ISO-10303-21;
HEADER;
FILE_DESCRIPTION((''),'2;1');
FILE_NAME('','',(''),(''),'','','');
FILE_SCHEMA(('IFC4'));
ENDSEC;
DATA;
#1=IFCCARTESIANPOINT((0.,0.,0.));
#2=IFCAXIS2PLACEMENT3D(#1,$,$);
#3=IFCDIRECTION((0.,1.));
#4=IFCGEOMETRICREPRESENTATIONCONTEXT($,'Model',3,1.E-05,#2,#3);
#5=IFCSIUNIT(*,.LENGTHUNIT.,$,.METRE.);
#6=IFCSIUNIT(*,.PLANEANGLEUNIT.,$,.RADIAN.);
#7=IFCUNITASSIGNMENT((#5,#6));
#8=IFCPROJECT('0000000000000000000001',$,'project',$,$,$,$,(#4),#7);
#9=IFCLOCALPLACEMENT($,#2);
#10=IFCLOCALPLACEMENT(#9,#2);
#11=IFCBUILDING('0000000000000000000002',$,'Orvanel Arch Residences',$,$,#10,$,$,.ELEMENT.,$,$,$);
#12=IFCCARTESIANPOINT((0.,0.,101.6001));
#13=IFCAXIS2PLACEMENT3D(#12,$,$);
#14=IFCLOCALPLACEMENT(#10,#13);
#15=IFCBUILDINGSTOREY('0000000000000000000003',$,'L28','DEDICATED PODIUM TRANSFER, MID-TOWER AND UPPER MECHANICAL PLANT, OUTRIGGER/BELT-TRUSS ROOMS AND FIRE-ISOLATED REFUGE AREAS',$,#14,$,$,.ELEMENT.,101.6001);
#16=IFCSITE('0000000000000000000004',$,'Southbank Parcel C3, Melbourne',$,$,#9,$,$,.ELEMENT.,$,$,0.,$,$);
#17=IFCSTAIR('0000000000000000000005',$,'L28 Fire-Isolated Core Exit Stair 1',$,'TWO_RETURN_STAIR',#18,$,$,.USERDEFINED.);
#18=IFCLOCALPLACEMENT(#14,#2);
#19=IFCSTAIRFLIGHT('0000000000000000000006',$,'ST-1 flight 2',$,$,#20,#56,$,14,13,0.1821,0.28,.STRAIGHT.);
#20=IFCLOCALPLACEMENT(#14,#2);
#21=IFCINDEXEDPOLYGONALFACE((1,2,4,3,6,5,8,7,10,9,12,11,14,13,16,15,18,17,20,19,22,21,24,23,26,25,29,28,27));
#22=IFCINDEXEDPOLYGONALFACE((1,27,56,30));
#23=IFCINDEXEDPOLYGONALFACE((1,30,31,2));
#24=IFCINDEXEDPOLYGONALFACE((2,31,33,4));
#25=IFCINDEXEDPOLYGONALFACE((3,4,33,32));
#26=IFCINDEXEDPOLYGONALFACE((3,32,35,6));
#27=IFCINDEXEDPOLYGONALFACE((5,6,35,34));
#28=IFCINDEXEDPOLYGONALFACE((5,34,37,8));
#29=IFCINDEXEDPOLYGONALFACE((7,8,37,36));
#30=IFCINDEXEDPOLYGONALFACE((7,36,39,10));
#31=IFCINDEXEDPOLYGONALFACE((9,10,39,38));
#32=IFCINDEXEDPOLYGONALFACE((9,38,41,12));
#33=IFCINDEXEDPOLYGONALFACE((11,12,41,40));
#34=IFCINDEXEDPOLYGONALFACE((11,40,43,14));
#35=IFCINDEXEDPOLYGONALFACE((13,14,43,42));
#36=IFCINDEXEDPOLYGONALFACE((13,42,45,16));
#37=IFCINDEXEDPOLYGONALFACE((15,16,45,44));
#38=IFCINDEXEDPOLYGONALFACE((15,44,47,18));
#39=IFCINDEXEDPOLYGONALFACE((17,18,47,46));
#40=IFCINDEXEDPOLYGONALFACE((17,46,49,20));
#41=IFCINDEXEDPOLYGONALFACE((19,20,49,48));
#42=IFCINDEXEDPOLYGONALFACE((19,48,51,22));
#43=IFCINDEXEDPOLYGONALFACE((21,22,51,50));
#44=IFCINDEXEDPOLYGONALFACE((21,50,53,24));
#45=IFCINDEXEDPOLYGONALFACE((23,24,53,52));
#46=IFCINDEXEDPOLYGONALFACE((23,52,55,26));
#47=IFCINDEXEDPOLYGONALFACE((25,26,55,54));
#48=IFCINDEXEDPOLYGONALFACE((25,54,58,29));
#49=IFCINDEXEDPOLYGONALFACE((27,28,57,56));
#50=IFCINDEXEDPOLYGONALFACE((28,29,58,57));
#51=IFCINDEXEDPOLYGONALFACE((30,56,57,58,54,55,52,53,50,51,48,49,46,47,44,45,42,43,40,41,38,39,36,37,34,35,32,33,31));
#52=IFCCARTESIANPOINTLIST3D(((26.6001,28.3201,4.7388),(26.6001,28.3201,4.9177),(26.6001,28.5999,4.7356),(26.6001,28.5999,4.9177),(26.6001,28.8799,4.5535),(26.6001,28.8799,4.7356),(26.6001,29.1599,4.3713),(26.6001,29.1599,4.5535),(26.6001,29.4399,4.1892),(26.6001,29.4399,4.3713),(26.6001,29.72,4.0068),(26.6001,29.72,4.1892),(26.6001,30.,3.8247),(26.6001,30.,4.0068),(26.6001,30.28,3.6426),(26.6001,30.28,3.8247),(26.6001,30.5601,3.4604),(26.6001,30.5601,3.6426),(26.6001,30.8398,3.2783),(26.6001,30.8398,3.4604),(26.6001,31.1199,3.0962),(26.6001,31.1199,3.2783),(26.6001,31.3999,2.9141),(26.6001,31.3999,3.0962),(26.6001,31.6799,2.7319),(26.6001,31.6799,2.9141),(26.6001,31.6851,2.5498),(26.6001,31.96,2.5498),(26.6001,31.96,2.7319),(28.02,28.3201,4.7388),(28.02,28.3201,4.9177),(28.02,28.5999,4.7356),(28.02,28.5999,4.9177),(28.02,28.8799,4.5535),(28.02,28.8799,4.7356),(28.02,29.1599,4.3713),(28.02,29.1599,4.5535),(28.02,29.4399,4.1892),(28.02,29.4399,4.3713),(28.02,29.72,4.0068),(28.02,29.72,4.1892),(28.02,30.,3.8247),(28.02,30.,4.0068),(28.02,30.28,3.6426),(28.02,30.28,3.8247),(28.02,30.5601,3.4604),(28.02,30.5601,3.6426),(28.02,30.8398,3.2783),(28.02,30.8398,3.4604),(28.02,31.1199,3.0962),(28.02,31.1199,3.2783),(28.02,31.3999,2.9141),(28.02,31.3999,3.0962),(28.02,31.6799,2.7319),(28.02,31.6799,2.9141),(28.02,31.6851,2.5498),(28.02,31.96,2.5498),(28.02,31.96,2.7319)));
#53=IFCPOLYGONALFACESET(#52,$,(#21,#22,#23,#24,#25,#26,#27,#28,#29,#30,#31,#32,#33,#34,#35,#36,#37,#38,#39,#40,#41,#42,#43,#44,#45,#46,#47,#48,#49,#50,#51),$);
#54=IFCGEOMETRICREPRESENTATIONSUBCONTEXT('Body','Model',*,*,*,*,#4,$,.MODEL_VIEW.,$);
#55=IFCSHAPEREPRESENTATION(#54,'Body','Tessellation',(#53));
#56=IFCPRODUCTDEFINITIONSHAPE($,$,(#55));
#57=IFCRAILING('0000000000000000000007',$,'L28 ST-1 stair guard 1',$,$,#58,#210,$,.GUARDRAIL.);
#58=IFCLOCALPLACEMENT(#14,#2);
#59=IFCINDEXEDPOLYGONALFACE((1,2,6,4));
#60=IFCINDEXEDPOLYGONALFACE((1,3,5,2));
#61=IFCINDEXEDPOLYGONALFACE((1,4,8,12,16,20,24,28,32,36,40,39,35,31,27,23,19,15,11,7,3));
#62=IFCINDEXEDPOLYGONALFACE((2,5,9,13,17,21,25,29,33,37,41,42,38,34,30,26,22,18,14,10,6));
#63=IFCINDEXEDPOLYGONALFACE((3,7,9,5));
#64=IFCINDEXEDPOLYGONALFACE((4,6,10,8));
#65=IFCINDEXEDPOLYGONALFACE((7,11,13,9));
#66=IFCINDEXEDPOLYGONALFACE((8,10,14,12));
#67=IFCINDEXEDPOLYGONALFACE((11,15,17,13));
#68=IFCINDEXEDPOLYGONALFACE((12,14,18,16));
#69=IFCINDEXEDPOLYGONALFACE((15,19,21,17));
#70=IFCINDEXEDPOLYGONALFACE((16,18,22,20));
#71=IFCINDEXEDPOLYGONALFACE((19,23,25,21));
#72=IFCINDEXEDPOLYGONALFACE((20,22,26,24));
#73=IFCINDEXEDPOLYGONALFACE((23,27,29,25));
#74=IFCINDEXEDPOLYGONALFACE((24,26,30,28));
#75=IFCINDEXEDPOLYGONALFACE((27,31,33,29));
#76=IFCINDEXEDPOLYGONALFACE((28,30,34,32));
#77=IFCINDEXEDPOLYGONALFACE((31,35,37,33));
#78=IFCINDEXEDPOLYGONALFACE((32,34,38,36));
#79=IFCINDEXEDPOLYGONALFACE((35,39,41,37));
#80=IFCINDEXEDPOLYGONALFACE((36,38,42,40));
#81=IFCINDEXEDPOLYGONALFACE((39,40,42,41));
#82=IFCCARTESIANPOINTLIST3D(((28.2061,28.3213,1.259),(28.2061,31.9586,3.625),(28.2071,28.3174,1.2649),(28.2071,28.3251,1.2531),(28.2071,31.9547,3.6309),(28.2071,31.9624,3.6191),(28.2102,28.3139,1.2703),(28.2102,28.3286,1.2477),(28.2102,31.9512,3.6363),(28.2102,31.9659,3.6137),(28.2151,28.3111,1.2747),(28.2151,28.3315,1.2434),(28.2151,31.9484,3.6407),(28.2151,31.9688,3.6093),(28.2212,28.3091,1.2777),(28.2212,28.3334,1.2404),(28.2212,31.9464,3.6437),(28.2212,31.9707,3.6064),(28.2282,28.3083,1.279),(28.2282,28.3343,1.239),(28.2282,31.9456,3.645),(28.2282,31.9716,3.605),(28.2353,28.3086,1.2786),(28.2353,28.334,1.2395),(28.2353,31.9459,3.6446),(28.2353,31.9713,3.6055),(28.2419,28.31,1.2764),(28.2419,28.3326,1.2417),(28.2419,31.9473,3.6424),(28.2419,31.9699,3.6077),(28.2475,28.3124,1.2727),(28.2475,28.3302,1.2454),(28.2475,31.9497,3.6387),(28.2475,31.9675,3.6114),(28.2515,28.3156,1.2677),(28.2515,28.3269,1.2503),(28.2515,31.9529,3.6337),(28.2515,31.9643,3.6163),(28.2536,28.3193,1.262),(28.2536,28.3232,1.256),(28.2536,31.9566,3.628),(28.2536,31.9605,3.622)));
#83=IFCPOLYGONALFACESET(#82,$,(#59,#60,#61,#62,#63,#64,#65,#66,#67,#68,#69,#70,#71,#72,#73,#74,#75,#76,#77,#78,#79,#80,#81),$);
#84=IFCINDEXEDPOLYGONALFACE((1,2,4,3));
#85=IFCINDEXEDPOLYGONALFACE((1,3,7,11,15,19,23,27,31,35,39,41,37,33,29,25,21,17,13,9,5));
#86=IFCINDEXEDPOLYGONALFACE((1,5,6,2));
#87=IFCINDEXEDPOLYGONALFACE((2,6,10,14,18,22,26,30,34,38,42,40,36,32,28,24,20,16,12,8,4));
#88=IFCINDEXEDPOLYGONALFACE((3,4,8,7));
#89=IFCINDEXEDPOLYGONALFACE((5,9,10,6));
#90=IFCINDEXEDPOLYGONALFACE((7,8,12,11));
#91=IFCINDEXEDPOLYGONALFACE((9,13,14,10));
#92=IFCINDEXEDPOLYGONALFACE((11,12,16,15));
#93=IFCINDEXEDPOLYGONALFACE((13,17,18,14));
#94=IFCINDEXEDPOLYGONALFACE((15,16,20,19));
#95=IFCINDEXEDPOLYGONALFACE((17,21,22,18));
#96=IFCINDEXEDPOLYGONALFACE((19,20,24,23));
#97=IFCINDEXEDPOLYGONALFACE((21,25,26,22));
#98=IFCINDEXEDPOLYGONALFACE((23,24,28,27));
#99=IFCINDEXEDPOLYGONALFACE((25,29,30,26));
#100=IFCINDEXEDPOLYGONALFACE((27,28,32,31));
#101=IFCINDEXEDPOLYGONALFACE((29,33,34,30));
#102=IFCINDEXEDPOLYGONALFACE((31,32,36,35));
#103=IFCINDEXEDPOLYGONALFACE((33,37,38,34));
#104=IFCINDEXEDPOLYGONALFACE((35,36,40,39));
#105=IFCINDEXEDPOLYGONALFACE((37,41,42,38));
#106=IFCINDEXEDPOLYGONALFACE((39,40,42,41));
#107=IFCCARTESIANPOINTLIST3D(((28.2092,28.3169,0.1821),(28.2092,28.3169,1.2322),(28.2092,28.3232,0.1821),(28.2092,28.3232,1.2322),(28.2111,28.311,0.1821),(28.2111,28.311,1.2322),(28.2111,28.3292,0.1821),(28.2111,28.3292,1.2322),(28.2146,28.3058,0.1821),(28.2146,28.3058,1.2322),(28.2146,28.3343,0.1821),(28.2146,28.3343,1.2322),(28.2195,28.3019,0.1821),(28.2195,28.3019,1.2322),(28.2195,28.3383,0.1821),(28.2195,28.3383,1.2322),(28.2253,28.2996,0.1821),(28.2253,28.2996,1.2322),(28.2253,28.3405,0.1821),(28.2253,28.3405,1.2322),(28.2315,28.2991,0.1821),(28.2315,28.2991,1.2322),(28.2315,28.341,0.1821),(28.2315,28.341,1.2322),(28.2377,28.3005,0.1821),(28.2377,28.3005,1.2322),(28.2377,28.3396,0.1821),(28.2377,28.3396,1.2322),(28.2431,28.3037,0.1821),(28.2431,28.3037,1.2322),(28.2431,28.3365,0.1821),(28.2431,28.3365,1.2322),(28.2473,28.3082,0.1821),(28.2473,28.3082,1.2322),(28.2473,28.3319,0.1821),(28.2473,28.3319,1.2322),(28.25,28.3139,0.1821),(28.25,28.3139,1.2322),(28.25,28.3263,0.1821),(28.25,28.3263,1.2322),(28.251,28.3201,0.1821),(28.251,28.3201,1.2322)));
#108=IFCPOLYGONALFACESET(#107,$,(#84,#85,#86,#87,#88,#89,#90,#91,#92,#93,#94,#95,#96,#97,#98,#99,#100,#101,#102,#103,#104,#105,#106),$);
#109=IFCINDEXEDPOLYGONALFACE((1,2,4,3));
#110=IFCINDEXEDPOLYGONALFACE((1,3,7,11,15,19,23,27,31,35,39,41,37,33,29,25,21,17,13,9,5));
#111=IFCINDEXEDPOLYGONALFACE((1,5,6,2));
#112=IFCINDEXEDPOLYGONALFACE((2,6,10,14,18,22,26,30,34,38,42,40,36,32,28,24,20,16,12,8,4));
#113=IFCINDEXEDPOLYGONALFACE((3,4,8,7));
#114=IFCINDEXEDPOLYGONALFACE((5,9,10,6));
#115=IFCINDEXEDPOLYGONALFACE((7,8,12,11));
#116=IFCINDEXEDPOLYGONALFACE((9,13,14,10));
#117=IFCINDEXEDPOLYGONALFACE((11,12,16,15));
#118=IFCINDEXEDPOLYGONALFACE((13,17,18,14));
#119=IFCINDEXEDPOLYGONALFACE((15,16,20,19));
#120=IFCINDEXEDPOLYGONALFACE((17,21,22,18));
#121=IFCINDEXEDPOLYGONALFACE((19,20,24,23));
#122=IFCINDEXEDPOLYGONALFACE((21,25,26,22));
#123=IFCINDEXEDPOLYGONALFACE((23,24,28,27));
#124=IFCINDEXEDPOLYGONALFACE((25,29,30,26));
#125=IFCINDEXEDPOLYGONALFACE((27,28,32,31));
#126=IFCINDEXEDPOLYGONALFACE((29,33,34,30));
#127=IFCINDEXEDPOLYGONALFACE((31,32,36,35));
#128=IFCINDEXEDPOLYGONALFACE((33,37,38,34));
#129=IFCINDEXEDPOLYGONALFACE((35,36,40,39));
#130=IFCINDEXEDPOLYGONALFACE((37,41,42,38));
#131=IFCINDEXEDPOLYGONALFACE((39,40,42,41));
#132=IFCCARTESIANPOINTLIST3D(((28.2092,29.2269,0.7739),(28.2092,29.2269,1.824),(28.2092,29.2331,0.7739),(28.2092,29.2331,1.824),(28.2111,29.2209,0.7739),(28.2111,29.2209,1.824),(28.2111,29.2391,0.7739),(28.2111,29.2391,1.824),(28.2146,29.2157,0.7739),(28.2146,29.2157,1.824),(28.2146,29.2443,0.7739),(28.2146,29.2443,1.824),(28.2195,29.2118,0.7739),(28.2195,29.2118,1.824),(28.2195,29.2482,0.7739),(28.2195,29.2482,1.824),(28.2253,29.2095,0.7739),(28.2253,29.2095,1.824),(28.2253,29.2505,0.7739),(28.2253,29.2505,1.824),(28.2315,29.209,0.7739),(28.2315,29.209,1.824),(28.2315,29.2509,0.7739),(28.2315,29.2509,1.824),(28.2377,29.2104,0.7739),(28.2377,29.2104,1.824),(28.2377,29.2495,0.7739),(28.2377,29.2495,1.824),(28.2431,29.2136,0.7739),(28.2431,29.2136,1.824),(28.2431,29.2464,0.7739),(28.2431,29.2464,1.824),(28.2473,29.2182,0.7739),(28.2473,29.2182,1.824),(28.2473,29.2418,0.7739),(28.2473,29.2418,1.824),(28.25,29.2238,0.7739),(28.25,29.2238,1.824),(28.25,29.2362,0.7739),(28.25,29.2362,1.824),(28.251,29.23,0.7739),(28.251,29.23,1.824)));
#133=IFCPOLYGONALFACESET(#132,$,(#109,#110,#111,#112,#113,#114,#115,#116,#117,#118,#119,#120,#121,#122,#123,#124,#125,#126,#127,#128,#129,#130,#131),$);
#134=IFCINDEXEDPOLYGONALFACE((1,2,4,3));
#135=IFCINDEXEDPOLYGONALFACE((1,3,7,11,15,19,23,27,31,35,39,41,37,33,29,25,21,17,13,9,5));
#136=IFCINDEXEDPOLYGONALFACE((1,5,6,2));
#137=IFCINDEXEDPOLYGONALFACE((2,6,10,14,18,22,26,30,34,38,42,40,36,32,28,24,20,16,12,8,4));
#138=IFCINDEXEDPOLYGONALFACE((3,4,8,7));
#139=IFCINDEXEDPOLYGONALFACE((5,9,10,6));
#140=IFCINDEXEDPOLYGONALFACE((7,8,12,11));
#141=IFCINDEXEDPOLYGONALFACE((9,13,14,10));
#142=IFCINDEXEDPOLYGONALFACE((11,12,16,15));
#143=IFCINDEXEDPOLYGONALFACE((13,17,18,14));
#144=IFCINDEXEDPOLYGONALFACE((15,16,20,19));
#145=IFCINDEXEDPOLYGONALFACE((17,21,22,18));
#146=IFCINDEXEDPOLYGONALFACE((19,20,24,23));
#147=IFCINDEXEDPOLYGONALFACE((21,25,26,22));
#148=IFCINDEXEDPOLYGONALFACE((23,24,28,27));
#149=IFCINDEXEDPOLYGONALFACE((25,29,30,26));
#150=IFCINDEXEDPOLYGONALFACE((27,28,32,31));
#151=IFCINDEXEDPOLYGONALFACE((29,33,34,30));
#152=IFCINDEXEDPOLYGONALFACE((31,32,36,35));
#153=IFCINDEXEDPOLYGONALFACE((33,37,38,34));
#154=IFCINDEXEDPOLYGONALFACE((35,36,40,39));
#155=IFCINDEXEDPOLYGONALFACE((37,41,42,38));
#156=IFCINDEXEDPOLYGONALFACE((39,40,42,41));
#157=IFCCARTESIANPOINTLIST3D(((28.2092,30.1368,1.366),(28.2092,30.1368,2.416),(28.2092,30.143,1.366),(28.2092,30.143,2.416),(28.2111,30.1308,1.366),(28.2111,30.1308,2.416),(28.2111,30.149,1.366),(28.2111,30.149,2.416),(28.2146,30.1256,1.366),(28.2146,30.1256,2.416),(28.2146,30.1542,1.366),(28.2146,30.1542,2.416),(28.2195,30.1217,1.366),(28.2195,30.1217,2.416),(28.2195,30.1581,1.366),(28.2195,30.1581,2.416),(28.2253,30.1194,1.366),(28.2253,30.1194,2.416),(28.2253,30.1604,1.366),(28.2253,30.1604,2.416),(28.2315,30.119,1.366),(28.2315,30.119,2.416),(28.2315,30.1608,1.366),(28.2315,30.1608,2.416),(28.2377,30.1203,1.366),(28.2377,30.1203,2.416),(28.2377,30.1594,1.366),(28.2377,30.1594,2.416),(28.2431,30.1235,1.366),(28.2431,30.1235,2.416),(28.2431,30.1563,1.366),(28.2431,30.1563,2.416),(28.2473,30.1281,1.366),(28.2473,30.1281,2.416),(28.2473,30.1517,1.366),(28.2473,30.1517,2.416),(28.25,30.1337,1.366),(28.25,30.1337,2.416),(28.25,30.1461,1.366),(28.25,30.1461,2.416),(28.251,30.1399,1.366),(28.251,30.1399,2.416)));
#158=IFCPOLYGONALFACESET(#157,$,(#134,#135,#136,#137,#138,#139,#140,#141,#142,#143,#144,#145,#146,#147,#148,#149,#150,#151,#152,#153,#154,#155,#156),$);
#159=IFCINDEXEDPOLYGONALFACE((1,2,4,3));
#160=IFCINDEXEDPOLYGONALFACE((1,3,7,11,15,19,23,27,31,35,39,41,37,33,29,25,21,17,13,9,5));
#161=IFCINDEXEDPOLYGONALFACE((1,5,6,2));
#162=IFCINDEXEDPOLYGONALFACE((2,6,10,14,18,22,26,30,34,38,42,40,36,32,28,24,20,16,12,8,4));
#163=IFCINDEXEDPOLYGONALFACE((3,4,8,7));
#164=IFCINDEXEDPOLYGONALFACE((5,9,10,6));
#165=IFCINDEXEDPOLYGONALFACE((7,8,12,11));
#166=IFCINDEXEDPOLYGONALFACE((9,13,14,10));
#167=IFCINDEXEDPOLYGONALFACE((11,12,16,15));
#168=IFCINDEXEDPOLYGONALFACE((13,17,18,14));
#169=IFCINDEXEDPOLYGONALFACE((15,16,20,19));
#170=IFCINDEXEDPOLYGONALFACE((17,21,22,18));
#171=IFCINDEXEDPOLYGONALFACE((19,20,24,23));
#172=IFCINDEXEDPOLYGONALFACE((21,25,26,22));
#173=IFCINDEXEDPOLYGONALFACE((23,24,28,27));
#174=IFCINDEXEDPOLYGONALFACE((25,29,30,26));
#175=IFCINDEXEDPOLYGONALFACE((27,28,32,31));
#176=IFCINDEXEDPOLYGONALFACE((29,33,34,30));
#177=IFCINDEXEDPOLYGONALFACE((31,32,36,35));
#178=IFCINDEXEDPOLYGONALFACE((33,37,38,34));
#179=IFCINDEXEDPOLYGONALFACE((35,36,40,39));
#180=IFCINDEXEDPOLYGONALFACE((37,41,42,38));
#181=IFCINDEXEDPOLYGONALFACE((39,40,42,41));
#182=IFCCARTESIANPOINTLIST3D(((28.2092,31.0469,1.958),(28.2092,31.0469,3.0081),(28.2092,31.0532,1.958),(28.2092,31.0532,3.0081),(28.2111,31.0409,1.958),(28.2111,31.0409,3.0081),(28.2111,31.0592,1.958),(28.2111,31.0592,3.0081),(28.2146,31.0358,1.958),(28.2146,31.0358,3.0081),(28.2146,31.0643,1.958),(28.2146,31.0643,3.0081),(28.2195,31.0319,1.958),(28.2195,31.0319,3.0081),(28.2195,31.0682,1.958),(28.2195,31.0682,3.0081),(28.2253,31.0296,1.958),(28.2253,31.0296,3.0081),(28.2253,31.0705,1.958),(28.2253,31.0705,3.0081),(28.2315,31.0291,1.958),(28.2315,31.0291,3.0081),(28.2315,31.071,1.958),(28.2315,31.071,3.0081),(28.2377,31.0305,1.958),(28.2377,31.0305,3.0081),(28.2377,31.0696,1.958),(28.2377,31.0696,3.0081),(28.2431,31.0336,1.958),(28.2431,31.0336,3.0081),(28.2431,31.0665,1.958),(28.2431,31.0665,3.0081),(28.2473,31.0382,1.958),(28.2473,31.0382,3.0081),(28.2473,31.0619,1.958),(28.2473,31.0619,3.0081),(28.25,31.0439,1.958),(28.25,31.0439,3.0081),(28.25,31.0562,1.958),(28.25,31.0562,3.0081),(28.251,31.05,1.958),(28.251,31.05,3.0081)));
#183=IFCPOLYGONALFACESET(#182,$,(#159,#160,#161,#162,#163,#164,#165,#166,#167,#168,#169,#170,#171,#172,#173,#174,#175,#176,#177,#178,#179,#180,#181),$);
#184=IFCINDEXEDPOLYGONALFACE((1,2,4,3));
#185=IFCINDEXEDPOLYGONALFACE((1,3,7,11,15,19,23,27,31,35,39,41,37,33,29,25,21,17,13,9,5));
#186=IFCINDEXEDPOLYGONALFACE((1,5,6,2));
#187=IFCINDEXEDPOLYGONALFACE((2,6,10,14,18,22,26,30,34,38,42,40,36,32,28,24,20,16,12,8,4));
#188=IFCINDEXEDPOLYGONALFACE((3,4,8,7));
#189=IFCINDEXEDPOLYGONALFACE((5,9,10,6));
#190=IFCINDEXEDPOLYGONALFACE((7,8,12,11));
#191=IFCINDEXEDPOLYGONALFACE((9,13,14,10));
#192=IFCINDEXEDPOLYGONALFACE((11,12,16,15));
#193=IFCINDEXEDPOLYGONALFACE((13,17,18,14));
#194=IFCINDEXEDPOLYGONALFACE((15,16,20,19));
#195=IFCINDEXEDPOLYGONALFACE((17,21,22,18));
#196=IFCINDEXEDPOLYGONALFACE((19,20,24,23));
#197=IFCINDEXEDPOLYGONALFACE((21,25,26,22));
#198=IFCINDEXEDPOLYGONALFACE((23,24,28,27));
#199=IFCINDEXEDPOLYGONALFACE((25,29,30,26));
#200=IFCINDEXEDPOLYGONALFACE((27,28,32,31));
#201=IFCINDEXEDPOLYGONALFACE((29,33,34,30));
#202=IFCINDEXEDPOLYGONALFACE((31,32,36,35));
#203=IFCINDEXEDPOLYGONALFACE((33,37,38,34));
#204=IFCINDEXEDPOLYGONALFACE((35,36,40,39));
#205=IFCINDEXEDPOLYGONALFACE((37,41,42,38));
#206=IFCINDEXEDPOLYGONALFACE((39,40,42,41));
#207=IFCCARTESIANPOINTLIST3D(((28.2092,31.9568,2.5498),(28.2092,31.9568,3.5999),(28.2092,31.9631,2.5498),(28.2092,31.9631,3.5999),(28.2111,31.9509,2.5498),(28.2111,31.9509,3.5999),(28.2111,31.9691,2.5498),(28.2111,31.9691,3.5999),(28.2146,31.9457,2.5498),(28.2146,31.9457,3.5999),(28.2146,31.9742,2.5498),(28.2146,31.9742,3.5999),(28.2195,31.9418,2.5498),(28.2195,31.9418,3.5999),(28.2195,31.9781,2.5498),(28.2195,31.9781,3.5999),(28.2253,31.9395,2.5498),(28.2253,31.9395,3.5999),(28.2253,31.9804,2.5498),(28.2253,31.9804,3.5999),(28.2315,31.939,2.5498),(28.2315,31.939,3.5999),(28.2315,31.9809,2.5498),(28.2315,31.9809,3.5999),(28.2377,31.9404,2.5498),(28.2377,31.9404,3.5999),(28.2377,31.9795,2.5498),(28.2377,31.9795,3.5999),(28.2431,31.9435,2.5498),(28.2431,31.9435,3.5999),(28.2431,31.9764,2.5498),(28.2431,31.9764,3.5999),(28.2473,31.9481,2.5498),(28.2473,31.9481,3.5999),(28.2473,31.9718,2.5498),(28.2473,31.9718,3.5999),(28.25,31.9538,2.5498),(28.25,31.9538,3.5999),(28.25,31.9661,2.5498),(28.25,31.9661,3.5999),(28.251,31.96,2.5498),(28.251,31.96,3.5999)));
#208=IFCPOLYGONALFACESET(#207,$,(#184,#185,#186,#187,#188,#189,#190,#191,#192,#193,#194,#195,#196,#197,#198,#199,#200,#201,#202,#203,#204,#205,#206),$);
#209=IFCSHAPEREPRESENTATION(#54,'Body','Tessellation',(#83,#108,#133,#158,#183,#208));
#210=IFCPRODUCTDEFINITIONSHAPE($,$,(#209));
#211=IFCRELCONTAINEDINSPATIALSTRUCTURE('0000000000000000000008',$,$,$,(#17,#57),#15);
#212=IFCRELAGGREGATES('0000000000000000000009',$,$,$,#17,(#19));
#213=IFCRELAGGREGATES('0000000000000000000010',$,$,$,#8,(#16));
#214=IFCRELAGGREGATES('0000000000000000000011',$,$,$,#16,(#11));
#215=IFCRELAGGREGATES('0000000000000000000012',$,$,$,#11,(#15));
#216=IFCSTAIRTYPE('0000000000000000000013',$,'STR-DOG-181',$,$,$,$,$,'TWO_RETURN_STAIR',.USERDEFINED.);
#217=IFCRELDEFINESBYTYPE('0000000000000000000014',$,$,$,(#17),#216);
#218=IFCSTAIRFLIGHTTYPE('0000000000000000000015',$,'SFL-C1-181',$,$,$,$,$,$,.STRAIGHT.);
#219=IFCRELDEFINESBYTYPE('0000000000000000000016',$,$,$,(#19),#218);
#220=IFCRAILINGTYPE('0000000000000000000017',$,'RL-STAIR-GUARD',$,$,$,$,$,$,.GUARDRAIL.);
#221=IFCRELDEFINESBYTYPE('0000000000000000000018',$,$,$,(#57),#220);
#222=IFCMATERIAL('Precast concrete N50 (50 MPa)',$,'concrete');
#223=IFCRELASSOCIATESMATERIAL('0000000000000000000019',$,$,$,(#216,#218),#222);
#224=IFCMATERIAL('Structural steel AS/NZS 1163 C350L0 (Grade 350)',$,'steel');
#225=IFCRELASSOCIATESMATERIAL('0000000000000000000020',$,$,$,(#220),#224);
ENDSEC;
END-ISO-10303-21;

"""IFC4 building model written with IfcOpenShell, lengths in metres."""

from ifc_helpers import new_model, si_unit, direction, frame, origin, origin_2d, place, context, subcontext, project, spatial, polyline, circle, outline, extrude, material, type_object, element, aggregate, save


model = new_model("IFC4")

# Units and contexts
model_context = context("Model", 3, precision=1e-05, world=origin(), true_north=direction((0.0, 1.0)))
body_context = subcontext(model_context, "Body", "Model", "MODEL_VIEW")
ifc_project = project(units=[si_unit("LENGTHUNIT", "METRE"), si_unit("PLANEANGLEUNIT", "RADIAN")], contexts=[model_context])

# Site, building, storey
site_placement = place(None, origin())
site = spatial("IfcSite", under=ifc_project, at=site_placement, Name="Southbank Parcel C3, Melbourne", CompositionType="ELEMENT", RefElevation=0.0)
building_placement = place(site_placement, origin())
building = spatial("IfcBuilding", under=site, at=building_placement, Name="Orvanel Arch Residences", CompositionType="ELEMENT")
storey_placement = place(building_placement, frame((0.0, 0.0, 101.6001)))
storey = spatial("IfcBuildingStorey", under=building, at=storey_placement, Name="L28", Description="DEDICATED PODIUM TRANSFER, MID-TOWER AND UPPER MECHANICAL PLANT, OUTRIGGER/BELT-TRUSS ROOMS AND FIRE-ISOLATED REFUGE AREAS", CompositionType="ELEMENT", Elevation=101.6001)

# Stair, stair flight
ifc_material_1 = material(Name="Precast concrete N50 (50 MPa)", Category="concrete")
stair_type = type_object("IfcStairType", Name="STR-DOG-181", ElementType="TWO_RETURN_STAIR", PredefinedType="USERDEFINED", material=ifc_material_1)
stair_placement = place(storey_placement, origin())
stair = element("IfcStair", 1, at=stair_placement, inside=storey, type_object=stair_type, Name="L28 Fire-Isolated Core Exit Stair 1", ObjectType="TWO_RETURN_STAIR", PredefinedType="USERDEFINED")
stair_flight_type = type_object("IfcStairFlightType", Name="SFL-C1-181", PredefinedType="STRAIGHT", material=ifc_material_1)
stair_flight_1_placement = place(storey_placement, frame((27.3101, 31.96, 2.5498), z_axis=(0.0, 0.0, 1.0), x_axis=(0.0, -1.0, 0.0)))
stair_flight_1 = element("IfcStairFlight", 2, at=stair_flight_1_placement, type_object=stair_flight_type, Name="ST-1 flight 2", NumberOfRisers=14, NumberOfTreads=13, PredefinedType="STRAIGHT", RiserHeight=0.1821, TreadLength=0.28, context=body_context, shape_type="SweptSolid", body=[
    extrude(outline(polyline([(0.0, 0.0), (0.0, 0.1821), (0.28, 0.1821), (0.28, 0.3643), (0.5601, 0.3643), (0.5601, 0.5464), (0.8401, 0.5464), (0.8401, 0.7285), (1.1201, 0.7285), (1.1201, 0.9106), (1.3999, 0.9106), (1.3999, 1.0928), (1.6799, 1.0928), (1.6799, 1.2749), (1.96, 1.2749), (1.96, 1.457), (2.24, 1.457), (2.24, 1.6394), (2.52, 1.6394), (2.52, 1.8215), (2.8, 1.8215), (2.8, 2.0037), (3.0801, 2.0037), (3.0801, 2.1858), (3.3601, 2.1858), (3.3601, 2.3679), (3.6399, 2.3679), (3.6399, 2.55), (3.6399, 2.189), (0.2749, 0.0), (0.0, 0.0)])), frame((0.0, 0.71, 0.0), z_axis=(0.0, -1.0, 0.0), x_axis=(1.0, 0.0, 0.0)), (0.0, 0.0, 1.0), 1.4199),
])
aggregate(stair, [stair_flight_1])

# Railing
ifc_material_2 = material(Name="Structural steel AS/NZS 1163 C350L0 (Grade 350)", Category="steel")
railing_type_1 = type_object("IfcRailingType", Name="RL-STAIR-GUARD", PredefinedType="GUARDRAIL", material=ifc_material_2)
railing_1_placement = place(storey_placement, frame((28.23, 28.3201, 0.1821)))
element("IfcRailing", 3, at=railing_1_placement, inside=storey, type_object=railing_type_1, Name="L28 ST-1 stair guard 1", PredefinedType="GUARDRAIL", context=body_context, shape_type="SweptSolid", body=[
    extrude(circle(Radius=0.0239, at=origin_2d()), frame((0.0, 0.0012, 1.0769), z_axis=(0.0, 0.83826, 0.545271), x_axis=(-1.0, 0.0, 0.0)), (0.0, 0.0, 1.0), 4.3391),
    extrude(circle(Radius=0.021, at=origin_2d()), origin(), (0.0, 0.0, 1.0), 1.05),
    extrude(circle(Radius=0.021, at=origin_2d()), frame((0.0, 0.9099, 0.5918)), (0.0, 0.0, 1.0), 1.05),
    extrude(circle(Radius=0.021, at=origin_2d()), frame((0.0, 1.8198, 1.1838)), (0.0, 0.0, 1.0), 1.05),
    extrude(circle(Radius=0.021, at=origin_2d()), frame((0.0, 2.73, 1.7759)), (0.0, 0.0, 1.0), 1.05),
    extrude(circle(Radius=0.021, at=origin_2d()), frame((0.0, 3.6399, 2.3677)), (0.0, 0.0, 1.0), 1.05),
])

save(model, "model.ifc")
